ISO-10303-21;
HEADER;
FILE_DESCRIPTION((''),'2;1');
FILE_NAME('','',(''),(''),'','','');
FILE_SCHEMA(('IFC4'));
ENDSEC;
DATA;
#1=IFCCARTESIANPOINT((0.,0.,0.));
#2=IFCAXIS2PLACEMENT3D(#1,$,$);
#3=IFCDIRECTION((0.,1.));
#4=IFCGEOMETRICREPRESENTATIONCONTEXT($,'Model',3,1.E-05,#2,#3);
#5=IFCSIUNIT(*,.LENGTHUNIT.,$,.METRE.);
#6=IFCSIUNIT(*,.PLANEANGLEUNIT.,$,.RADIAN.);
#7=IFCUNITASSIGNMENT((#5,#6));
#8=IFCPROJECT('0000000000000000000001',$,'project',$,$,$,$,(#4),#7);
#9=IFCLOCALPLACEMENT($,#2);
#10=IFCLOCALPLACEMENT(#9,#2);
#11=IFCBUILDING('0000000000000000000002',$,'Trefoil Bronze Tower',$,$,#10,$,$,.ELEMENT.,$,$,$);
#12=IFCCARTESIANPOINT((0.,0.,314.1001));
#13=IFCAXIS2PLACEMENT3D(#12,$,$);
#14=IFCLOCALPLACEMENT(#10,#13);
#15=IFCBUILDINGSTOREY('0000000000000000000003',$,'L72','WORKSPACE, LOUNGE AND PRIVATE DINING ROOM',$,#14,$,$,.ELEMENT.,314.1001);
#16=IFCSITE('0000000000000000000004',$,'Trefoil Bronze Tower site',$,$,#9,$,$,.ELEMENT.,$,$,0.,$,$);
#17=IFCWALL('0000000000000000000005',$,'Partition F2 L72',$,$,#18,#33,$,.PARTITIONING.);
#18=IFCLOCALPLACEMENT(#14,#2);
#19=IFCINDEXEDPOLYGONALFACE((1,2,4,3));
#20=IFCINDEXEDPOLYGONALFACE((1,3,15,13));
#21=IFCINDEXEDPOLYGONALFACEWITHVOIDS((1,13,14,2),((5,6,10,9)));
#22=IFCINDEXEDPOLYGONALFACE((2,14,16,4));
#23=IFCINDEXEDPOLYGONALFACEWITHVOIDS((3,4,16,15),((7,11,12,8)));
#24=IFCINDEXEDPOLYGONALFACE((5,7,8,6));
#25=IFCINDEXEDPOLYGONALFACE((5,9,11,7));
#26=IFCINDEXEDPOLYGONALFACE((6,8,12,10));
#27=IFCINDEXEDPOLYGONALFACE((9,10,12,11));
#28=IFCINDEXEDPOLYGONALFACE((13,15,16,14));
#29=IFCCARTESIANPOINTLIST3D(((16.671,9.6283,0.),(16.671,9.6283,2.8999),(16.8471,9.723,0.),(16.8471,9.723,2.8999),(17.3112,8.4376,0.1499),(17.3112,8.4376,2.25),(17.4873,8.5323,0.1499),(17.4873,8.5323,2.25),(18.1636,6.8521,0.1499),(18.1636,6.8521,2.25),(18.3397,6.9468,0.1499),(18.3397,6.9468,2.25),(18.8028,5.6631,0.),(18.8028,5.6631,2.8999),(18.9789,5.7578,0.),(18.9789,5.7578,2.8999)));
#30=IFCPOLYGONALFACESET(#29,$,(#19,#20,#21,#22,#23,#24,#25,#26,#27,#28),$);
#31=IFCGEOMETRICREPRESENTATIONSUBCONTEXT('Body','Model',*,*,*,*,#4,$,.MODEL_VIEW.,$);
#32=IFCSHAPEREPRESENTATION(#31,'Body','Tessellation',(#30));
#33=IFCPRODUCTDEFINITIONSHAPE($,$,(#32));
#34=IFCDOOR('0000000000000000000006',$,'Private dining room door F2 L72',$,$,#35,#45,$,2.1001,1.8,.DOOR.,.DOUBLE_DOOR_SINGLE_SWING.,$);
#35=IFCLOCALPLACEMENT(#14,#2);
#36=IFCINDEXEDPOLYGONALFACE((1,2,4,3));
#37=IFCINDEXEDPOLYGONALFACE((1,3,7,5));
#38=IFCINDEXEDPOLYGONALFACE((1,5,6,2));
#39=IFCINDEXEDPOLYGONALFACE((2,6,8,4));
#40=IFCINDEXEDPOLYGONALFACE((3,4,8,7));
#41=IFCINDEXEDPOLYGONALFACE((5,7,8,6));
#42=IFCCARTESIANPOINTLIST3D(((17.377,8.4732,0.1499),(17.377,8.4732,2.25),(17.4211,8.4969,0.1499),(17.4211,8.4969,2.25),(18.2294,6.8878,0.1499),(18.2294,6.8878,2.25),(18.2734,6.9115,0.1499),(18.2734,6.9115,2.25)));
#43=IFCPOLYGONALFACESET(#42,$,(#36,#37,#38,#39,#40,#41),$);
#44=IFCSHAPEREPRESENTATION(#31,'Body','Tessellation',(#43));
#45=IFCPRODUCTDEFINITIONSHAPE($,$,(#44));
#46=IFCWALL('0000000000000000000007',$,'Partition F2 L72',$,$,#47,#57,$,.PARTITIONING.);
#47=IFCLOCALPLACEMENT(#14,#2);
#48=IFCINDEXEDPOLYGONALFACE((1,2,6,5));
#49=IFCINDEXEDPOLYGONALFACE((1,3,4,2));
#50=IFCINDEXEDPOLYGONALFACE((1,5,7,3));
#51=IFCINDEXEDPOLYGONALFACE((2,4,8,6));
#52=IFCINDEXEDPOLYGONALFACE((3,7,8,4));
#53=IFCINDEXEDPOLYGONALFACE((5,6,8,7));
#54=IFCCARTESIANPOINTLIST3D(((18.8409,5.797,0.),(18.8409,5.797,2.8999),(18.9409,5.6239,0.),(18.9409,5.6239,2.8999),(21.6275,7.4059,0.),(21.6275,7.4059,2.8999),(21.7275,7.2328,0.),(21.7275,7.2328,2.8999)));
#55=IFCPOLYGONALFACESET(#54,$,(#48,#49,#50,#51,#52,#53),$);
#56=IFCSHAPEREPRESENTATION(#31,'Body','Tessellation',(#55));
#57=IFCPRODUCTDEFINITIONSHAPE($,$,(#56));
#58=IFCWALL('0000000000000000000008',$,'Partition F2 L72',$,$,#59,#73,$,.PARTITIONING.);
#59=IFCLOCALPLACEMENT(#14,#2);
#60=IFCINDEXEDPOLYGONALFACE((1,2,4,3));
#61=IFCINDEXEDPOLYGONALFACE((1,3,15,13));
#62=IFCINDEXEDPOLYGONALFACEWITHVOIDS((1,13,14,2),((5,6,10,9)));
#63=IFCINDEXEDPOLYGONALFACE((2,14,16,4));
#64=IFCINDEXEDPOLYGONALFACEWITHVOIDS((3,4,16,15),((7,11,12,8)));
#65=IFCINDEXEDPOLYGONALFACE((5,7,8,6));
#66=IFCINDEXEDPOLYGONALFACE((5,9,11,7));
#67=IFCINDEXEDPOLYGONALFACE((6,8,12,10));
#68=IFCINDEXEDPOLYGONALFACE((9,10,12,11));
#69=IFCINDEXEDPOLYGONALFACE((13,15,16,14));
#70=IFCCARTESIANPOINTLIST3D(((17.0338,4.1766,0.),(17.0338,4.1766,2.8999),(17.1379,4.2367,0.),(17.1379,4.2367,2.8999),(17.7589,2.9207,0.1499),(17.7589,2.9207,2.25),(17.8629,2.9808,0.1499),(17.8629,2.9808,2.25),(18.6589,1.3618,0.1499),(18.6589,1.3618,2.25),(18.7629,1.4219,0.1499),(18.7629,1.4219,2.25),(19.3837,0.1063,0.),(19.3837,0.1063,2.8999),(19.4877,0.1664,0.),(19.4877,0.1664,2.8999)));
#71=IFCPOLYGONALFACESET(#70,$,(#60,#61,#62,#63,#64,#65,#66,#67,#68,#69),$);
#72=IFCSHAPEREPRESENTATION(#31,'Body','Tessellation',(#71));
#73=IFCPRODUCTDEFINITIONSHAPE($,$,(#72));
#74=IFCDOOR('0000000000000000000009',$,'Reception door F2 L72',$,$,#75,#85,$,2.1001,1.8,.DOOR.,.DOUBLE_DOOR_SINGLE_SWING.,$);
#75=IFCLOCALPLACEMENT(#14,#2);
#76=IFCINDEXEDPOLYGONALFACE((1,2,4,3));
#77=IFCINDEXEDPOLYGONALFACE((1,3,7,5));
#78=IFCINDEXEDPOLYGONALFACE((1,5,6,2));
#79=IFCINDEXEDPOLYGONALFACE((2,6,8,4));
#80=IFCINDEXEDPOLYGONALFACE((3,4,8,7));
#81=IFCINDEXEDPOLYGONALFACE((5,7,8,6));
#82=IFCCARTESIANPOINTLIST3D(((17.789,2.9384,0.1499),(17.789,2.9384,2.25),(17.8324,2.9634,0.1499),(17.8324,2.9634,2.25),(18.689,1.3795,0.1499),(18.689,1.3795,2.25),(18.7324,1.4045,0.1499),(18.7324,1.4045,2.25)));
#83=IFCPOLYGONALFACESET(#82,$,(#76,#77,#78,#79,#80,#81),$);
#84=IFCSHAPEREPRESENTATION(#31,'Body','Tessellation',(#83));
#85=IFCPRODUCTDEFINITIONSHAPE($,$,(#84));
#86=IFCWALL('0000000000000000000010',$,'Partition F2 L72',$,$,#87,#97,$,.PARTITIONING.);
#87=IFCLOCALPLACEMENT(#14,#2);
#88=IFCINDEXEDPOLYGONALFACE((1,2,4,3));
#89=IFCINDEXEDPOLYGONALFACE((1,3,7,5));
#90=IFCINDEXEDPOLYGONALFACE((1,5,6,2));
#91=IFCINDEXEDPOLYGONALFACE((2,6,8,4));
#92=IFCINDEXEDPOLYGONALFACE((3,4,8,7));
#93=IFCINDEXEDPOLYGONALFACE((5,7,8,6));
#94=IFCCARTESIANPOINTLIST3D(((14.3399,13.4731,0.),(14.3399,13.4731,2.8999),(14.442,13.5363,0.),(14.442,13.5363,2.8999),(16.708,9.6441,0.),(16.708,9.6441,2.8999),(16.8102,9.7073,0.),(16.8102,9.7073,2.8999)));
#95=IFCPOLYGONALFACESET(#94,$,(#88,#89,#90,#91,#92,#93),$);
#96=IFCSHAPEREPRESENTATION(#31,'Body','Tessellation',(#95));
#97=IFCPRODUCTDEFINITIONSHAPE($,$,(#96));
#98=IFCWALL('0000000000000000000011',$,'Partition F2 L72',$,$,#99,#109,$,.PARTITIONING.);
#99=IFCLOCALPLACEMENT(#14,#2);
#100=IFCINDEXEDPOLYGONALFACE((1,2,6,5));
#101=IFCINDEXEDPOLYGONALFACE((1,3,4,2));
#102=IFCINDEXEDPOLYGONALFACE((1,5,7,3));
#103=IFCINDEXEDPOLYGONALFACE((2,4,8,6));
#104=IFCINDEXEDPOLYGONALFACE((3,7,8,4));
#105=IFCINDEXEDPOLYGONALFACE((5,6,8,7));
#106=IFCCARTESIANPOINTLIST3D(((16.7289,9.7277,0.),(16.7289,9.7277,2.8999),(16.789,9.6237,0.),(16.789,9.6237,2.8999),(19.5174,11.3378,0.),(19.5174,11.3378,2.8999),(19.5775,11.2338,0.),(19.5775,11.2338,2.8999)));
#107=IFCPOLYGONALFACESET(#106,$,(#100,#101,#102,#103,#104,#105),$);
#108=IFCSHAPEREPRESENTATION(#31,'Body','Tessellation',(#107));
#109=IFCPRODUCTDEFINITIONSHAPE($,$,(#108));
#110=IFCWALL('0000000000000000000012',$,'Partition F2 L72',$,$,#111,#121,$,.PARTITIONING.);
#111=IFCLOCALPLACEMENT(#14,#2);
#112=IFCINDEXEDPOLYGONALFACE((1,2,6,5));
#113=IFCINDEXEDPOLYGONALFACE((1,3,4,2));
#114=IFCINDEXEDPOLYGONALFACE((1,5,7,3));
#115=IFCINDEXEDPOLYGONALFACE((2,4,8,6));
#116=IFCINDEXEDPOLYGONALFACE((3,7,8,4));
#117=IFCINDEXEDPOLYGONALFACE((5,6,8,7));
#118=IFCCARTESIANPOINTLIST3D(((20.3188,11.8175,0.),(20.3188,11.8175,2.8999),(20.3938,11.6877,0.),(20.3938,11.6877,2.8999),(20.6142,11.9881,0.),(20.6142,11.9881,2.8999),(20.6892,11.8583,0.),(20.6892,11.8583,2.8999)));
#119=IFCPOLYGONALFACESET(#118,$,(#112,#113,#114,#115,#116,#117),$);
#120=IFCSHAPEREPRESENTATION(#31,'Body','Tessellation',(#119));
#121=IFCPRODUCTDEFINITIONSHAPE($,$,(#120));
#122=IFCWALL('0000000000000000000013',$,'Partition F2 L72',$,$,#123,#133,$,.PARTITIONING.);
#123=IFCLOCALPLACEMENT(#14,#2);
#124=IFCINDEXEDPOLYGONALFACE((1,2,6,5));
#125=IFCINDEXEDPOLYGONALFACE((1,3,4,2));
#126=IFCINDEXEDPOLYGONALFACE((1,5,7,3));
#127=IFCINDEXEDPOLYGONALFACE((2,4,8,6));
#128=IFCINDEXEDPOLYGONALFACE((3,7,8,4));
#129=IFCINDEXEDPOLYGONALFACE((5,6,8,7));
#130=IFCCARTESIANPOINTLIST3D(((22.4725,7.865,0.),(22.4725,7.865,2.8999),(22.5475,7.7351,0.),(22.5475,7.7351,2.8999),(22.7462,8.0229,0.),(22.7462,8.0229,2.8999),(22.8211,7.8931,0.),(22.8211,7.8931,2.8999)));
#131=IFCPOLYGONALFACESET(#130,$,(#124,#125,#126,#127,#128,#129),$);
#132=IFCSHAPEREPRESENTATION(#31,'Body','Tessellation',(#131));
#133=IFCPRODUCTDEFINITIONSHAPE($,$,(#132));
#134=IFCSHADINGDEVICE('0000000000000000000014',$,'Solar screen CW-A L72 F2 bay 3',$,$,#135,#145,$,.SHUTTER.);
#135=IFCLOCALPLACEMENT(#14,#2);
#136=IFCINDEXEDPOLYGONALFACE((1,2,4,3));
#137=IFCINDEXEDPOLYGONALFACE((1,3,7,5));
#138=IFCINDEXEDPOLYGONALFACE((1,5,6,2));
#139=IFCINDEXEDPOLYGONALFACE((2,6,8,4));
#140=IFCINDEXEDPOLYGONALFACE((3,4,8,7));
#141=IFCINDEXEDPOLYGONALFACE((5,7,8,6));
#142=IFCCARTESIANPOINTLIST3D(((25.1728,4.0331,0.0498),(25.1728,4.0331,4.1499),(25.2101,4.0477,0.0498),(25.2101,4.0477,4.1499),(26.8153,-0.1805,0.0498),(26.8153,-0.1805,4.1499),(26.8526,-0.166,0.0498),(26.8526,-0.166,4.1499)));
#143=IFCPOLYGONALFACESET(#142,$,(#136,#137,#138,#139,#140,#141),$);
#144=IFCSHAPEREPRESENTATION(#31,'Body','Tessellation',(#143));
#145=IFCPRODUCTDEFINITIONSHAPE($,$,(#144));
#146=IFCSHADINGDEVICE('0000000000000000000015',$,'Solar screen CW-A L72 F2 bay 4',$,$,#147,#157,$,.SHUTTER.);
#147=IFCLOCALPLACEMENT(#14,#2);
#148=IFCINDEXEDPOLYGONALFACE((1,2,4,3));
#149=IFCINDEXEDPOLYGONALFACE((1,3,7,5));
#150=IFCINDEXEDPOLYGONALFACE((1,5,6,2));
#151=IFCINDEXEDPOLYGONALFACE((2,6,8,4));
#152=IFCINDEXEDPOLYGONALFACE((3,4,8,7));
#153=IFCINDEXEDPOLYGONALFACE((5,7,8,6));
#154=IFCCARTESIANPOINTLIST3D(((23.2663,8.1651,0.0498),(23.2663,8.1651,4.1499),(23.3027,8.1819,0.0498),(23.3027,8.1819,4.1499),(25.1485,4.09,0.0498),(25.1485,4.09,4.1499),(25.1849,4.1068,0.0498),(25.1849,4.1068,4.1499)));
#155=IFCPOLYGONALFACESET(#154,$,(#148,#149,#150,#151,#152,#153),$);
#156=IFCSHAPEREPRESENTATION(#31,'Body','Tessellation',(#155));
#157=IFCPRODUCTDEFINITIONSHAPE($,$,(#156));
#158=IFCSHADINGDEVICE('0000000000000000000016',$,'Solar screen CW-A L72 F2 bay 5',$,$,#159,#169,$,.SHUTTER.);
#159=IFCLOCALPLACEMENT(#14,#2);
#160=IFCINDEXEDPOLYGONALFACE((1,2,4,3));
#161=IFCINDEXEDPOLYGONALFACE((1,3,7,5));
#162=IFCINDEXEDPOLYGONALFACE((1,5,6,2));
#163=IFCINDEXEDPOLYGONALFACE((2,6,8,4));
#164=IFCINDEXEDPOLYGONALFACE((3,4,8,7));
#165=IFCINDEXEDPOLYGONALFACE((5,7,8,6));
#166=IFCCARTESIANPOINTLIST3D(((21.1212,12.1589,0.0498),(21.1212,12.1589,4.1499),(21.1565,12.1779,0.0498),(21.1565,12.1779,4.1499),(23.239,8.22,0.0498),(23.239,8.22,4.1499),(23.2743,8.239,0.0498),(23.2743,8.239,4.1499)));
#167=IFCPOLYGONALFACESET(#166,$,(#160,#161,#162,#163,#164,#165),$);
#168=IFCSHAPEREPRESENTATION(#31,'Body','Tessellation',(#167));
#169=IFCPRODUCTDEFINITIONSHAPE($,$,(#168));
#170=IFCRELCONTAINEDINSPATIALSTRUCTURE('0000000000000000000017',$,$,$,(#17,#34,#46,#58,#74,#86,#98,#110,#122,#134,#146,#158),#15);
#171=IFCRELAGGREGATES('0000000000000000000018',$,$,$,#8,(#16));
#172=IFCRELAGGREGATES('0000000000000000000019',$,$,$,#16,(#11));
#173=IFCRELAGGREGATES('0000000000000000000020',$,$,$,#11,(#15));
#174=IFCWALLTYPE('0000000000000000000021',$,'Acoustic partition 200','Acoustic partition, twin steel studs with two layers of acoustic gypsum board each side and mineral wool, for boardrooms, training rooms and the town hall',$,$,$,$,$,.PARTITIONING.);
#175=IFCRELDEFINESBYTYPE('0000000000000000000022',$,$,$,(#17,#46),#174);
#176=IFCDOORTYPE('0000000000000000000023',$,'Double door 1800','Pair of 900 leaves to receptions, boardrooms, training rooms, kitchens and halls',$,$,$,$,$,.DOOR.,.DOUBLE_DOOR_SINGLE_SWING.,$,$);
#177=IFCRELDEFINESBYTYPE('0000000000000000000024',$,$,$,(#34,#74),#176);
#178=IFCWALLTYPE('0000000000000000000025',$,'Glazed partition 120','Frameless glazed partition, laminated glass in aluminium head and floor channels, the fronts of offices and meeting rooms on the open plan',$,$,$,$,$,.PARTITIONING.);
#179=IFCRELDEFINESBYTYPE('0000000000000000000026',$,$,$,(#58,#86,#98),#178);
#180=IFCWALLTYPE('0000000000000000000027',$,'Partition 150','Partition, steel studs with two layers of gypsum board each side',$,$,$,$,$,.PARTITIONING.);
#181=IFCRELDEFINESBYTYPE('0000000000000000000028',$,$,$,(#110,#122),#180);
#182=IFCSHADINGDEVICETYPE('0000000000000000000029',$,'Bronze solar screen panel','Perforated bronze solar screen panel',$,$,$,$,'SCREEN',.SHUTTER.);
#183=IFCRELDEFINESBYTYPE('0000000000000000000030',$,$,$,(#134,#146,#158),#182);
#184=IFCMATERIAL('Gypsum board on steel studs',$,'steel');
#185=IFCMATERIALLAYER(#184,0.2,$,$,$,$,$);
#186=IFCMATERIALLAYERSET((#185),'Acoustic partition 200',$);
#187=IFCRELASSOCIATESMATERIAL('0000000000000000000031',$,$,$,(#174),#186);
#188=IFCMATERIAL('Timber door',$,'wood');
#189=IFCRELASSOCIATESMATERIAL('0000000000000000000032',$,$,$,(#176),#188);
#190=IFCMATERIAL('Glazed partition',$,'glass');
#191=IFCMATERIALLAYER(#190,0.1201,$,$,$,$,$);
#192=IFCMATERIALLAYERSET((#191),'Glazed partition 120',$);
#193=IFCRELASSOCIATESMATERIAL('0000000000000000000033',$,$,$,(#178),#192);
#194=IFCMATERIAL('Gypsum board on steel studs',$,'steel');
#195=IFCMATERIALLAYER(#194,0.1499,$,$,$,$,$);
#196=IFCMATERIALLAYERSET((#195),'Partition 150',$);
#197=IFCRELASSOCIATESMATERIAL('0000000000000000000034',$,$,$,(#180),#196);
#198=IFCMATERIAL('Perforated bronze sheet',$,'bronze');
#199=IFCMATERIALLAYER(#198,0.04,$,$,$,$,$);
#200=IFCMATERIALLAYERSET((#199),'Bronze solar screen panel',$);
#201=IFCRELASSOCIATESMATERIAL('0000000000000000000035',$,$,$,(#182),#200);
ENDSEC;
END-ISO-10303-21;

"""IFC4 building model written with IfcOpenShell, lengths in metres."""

from ifc_helpers import new_model, si_unit, direction, frame, frame_2d, origin, origin_2d, place, context, subcontext, project, spatial, rectangle, extrude, material, layer, layer_set, type_object, element, fill, save


model = new_model("IFC4")

# Units and contexts
model_context = context("Model", 3, precision=1e-05, world=origin(), true_north=direction((0.0, 1.0)))
body_context = subcontext(model_context, "Body", "Model", "MODEL_VIEW")
ifc_project = project(units=[si_unit("LENGTHUNIT", "METRE"), si_unit("PLANEANGLEUNIT", "RADIAN")], contexts=[model_context])

# Site, building, storey
site_placement = place(None, origin())
site = spatial("IfcSite", under=ifc_project, at=site_placement, Name="Trefoil Bronze Tower site", CompositionType="ELEMENT", RefElevation=0.0)
building_placement = place(site_placement, origin())
building = spatial("IfcBuilding", under=site, at=building_placement, Name="Trefoil Bronze Tower", CompositionType="ELEMENT")
storey_placement = place(building_placement, frame((0.0, 0.0, 314.1001)))
storey = spatial("IfcBuildingStorey", under=building, at=storey_placement, Name="L72", Description="WORKSPACE, LOUNGE AND PRIVATE DINING ROOM", CompositionType="ELEMENT", Elevation=314.1001)

# Wall, opening, door
ifc_material_1 = material(Name="Gypsum board on steel studs", Category="steel")
ifc_layer_1 = layer(ifc_material_1, 0.2)
ifc_layer_set_1 = layer_set([ifc_layer_1], Name="Acoustic partition 200")
wall_type_1 = type_object("IfcWallType", Name="Acoustic partition 200", Description="Acoustic partition, twin steel studs with two layers of acoustic gypsum board each side and mineral wool, for boardrooms, training rooms and the town hall", PredefinedType="PARTITIONING", material=ifc_layer_set_1)
wall_1_placement = place(storey_placement, frame((18.8909, 5.7104, 0.0), z_axis=(0.0, 0.0, 1.0), x_axis=(-0.473524, 0.880781, 0.0)))
wall_1 = element("IfcWall", 1, at=wall_1_placement, inside=storey, type_object=wall_type_1, Name="Partition F2 L72", PredefinedType="PARTITIONING", context=body_context, shape_type="SweptSolid", body=[
    extrude(rectangle(XDim=4.502, YDim=0.2, at=frame_2d((2.251, 0.0))), origin(), (0.0, 0.0, 1.0), 2.8999),
])
opening_1_placement = place(wall_1_placement, frame((1.3501, 0.0, 0.1499)))
opening_1 = element("IfcOpeningElement", 2, at=opening_1_placement, cuts=wall_1, PredefinedType="OPENING", context=body_context, shape_type="SweptSolid", body=[
    extrude(rectangle(XDim=1.8, YDim=2.1001, at=frame_2d((0.8999, 1.05))), frame((0.0, 0.1099, 0.0), z_axis=(0.0, -1.0, 0.0), x_axis=(1.0, 0.0, 0.0)), (0.0, 0.0, 1.0), 0.22),
])
ifc_material_2 = material(Name="Timber door", Category="wood")
door_type = type_object("IfcDoorType", Name="Double door 1800", Description="Pair of 900 leaves to receptions, boardrooms, training rooms, kitchens and halls", OperationType="DOUBLE_DOOR_SINGLE_SWING", PredefinedType="DOOR", material=ifc_material_2)
door_1_placement = place(opening_1_placement, frame((1.8, 0.0, 0.0), z_axis=(0.0, 0.0, 1.0), x_axis=(-1.0, 0.0, 0.0)))
door_1 = element("IfcDoor", 3, at=door_1_placement, inside=storey, type_object=door_type, Name="Private dining room door F2 L72", OperationType="DOUBLE_DOOR_SINGLE_SWING", OverallHeight=2.1001, OverallWidth=1.8, PredefinedType="DOOR", context=body_context, shape_type="SweptSolid", body=[
    extrude(rectangle(XDim=1.8, YDim=2.1001, at=frame_2d((0.8999, 1.05))), frame((0.0, 0.0249, 0.0), z_axis=(0.0, -1.0, 0.0), x_axis=(1.0, 0.0, 0.0)), (0.0, 0.0, 1.0), 0.05),
])
fill(opening_1, door_1)

# Wall
wall_2_placement = place(storey_placement, frame((18.8909, 5.7104, 0.0), z_axis=(0.0, 0.0, 1.0), x_axis=(0.866021, 0.500007, 0.0)))
element("IfcWall", 4, at=wall_2_placement, inside=storey, type_object=wall_type_1, Name="Partition F2 L72", PredefinedType="PARTITIONING", context=body_context, shape_type="SweptSolid", body=[
    extrude(rectangle(XDim=3.2178, YDim=0.2, at=frame_2d((1.6089, 0.0))), origin(), (0.0, 0.0, 1.0), 2.8999),
])

# Wall, opening, door
ifc_material_3 = material(Name="Glazed partition", Category="glass")
ifc_layer_2 = layer(ifc_material_3, 0.1201)
ifc_layer_set_2 = layer_set([ifc_layer_2], Name="Glazed partition 120")
wall_type_2 = type_object("IfcWallType", Name="Glazed partition 120", Description="Frameless glazed partition, laminated glass in aluminium head and floor channels, the fronts of offices and meeting rooms on the open plan", PredefinedType="PARTITIONING", material=ifc_layer_set_2)
wall_3_placement = place(storey_placement, frame((19.4358, 0.1362, 0.0), z_axis=(0.0, 0.0, 1.0), x_axis=(-0.499977, 0.866039, 0.0)))
wall_3 = element("IfcWall", 5, at=wall_3_placement, inside=storey, type_object=wall_type_2, Name="Partition F2 L72", PredefinedType="PARTITIONING", context=body_context, shape_type="SweptSolid", body=[
    extrude(rectangle(XDim=4.7, YDim=0.1201, at=frame_2d((2.3501, 0.0))), origin(), (0.0, 0.0, 1.0), 2.8999),
])
opening_2_placement = place(wall_3_placement, frame((1.45, 0.0, 0.1499)))
opening_2 = element("IfcOpeningElement", 6, at=opening_2_placement, cuts=wall_3, PredefinedType="OPENING", context=body_context, shape_type="SweptSolid", body=[
    extrude(rectangle(XDim=1.8, YDim=2.1001, at=frame_2d((0.8999, 1.05))), frame((0.0, 0.0701, 0.0), z_axis=(0.0, -1.0, 0.0), x_axis=(1.0, 0.0, 0.0)), (0.0, 0.0, 1.0), 0.1401),
])
door_2_placement = place(opening_2_placement, frame((1.8, 0.0, 0.0), z_axis=(0.0, 0.0, 1.0), x_axis=(-1.0, 0.0, 0.0)))
door_2 = element("IfcDoor", 7, at=door_2_placement, inside=storey, type_object=door_type, Name="Reception door F2 L72", OperationType="DOUBLE_DOOR_SINGLE_SWING", OverallHeight=2.1001, OverallWidth=1.8, PredefinedType="DOOR", context=body_context, shape_type="SweptSolid", body=[
    extrude(rectangle(XDim=1.8, YDim=2.1001, at=frame_2d((0.8999, 1.05))), frame((0.0, 0.0249, 0.0), z_axis=(0.0, -1.0, 0.0), x_axis=(1.0, 0.0, 0.0)), (0.0, 0.0, 1.0), 0.05),
])
fill(opening_2, door_2)

# Walls
wall_4_placement = place(storey_placement, frame((16.759, 9.6758, 0.0), z_axis=(0.0, 0.0, 1.0), x_axis=(-0.525996, 0.850487, 0.0)))
element("IfcWall", 8, at=wall_4_placement, inside=storey, type_object=wall_type_2, Name="Partition F2 L72", PredefinedType="PARTITIONING", context=body_context, shape_type="SweptSolid", body=[
    extrude(rectangle(XDim=4.5022, YDim=0.1201, at=frame_2d((2.251, 0.0))), origin(), (0.0, 0.0, 1.0), 2.8999),
])
wall_5_placement = place(storey_placement, frame((16.759, 9.6758, 0.0), z_axis=(0.0, 0.0, 1.0), x_axis=(0.866009, 0.500029, 0.0)))
element("IfcWall", 9, at=wall_5_placement, inside=storey, type_object=wall_type_2, Name="Partition F2 L72", PredefinedType="PARTITIONING", context=body_context, shape_type="SweptSolid", body=[
    extrude(rectangle(XDim=3.22, YDim=0.1201, at=frame_2d((1.6099, 0.0))), origin(), (0.0, 0.0, 1.0), 2.8999),
])
ifc_material_4 = material(Name="Gypsum board on steel studs", Category="steel")
ifc_layer_3 = layer(ifc_material_4, 0.1499)
ifc_layer_set_3 = layer_set([ifc_layer_3], Name="Partition 150")
wall_type_3 = type_object("IfcWallType", Name="Partition 150", Description="Partition, steel studs with two layers of gypsum board each side", PredefinedType="PARTITIONING", material=ifc_layer_set_3)
wall_6_placement = place(storey_placement, frame((20.3564, 11.7527, 0.0), z_axis=(0.0, 0.0, 1.0), x_axis=(0.8659, 0.500218, 0.0)))
element("IfcWall", 10, at=wall_6_placement, inside=storey, type_object=wall_type_3, Name="Partition F2 L72", PredefinedType="PARTITIONING", context=body_context, shape_type="SweptSolid", body=[
    extrude(rectangle(XDim=0.3411, YDim=0.1499, at=frame_2d((0.1704, 0.0))), origin(), (0.0, 0.0, 1.0), 2.8999),
])
wall_7_placement = place(storey_placement, frame((22.51, 7.8, 0.0), z_axis=(0.0, 0.0, 1.0), x_axis=(0.866096, 0.499879, 0.0)))
element("IfcWall", 11, at=wall_7_placement, inside=storey, type_object=wall_type_3, Name="Partition F2 L72", PredefinedType="PARTITIONING", context=body_context, shape_type="SweptSolid", body=[
    extrude(rectangle(XDim=0.3159, YDim=0.1499, at=frame_2d((0.158, 0.0))), origin(), (0.0, 0.0, 1.0), 2.8999),
])

# Shading devices
ifc_material_5 = material(Name="Perforated bronze sheet", Category="bronze")
ifc_layer_4 = layer(ifc_material_5, 0.04)
ifc_layer_set_4 = layer_set([ifc_layer_4], Name="Bronze solar screen panel")
shading_device_type = type_object("IfcShadingDeviceType", Name="Bronze solar screen panel", Description="Perforated bronze solar screen panel", ElementType="SCREEN", PredefinedType="SHUTTER", material=ifc_layer_set_4)
shading_device_1_placement = place(storey_placement, frame((26.0127, 1.9336, 0.0498), z_axis=(0.0, 0.0, 1.0), x_axis=(-0.363199, 0.931712, 0.0)))
element("IfcShadingDevice", 12, at=shading_device_1_placement, inside=storey, type_object=shading_device_type, Name="Solar screen CW-A L72 F2 bay 3", PredefinedType="SHUTTER", context=body_context, shape_type="SweptSolid", body=[
    extrude(rectangle(XDim=4.5225, YDim=0.04, at=origin_2d()), origin(), (0.0, 0.0, 1.0), 4.1001),
])
shading_device_2_placement = place(storey_placement, frame((24.2256, 6.136, 0.0498), z_axis=(0.0, 0.0, 1.0), x_axis=(-0.419309, 0.907844, 0.0)))
element("IfcShadingDevice", 13, at=shading_device_2_placement, inside=storey, type_object=shading_device_type, Name="Solar screen CW-A L72 F2 bay 4", PredefinedType="SHUTTER", context=body_context, shape_type="SweptSolid", body=[
    extrude(rectangle(XDim=4.4888, YDim=0.04, at=origin_2d()), origin(), (0.0, 0.0, 1.0), 4.1001),
])
shading_device_3_placement = place(storey_placement, frame((22.1978, 10.199, 0.0498), z_axis=(0.0, 0.0, 1.0), x_axis=(-0.473562, 0.88076, 0.0)))
element("IfcShadingDevice", 14, at=shading_device_3_placement, inside=storey, type_object=shading_device_type, Name="Solar screen CW-A L72 F2 bay 5", PredefinedType="SHUTTER", context=body_context, shape_type="SweptSolid", body=[
    extrude(rectangle(XDim=4.4722, YDim=0.04, at=origin_2d()), origin(), (0.0, 0.0, 1.0), 4.1001),
])

save(model, "model.ifc")
